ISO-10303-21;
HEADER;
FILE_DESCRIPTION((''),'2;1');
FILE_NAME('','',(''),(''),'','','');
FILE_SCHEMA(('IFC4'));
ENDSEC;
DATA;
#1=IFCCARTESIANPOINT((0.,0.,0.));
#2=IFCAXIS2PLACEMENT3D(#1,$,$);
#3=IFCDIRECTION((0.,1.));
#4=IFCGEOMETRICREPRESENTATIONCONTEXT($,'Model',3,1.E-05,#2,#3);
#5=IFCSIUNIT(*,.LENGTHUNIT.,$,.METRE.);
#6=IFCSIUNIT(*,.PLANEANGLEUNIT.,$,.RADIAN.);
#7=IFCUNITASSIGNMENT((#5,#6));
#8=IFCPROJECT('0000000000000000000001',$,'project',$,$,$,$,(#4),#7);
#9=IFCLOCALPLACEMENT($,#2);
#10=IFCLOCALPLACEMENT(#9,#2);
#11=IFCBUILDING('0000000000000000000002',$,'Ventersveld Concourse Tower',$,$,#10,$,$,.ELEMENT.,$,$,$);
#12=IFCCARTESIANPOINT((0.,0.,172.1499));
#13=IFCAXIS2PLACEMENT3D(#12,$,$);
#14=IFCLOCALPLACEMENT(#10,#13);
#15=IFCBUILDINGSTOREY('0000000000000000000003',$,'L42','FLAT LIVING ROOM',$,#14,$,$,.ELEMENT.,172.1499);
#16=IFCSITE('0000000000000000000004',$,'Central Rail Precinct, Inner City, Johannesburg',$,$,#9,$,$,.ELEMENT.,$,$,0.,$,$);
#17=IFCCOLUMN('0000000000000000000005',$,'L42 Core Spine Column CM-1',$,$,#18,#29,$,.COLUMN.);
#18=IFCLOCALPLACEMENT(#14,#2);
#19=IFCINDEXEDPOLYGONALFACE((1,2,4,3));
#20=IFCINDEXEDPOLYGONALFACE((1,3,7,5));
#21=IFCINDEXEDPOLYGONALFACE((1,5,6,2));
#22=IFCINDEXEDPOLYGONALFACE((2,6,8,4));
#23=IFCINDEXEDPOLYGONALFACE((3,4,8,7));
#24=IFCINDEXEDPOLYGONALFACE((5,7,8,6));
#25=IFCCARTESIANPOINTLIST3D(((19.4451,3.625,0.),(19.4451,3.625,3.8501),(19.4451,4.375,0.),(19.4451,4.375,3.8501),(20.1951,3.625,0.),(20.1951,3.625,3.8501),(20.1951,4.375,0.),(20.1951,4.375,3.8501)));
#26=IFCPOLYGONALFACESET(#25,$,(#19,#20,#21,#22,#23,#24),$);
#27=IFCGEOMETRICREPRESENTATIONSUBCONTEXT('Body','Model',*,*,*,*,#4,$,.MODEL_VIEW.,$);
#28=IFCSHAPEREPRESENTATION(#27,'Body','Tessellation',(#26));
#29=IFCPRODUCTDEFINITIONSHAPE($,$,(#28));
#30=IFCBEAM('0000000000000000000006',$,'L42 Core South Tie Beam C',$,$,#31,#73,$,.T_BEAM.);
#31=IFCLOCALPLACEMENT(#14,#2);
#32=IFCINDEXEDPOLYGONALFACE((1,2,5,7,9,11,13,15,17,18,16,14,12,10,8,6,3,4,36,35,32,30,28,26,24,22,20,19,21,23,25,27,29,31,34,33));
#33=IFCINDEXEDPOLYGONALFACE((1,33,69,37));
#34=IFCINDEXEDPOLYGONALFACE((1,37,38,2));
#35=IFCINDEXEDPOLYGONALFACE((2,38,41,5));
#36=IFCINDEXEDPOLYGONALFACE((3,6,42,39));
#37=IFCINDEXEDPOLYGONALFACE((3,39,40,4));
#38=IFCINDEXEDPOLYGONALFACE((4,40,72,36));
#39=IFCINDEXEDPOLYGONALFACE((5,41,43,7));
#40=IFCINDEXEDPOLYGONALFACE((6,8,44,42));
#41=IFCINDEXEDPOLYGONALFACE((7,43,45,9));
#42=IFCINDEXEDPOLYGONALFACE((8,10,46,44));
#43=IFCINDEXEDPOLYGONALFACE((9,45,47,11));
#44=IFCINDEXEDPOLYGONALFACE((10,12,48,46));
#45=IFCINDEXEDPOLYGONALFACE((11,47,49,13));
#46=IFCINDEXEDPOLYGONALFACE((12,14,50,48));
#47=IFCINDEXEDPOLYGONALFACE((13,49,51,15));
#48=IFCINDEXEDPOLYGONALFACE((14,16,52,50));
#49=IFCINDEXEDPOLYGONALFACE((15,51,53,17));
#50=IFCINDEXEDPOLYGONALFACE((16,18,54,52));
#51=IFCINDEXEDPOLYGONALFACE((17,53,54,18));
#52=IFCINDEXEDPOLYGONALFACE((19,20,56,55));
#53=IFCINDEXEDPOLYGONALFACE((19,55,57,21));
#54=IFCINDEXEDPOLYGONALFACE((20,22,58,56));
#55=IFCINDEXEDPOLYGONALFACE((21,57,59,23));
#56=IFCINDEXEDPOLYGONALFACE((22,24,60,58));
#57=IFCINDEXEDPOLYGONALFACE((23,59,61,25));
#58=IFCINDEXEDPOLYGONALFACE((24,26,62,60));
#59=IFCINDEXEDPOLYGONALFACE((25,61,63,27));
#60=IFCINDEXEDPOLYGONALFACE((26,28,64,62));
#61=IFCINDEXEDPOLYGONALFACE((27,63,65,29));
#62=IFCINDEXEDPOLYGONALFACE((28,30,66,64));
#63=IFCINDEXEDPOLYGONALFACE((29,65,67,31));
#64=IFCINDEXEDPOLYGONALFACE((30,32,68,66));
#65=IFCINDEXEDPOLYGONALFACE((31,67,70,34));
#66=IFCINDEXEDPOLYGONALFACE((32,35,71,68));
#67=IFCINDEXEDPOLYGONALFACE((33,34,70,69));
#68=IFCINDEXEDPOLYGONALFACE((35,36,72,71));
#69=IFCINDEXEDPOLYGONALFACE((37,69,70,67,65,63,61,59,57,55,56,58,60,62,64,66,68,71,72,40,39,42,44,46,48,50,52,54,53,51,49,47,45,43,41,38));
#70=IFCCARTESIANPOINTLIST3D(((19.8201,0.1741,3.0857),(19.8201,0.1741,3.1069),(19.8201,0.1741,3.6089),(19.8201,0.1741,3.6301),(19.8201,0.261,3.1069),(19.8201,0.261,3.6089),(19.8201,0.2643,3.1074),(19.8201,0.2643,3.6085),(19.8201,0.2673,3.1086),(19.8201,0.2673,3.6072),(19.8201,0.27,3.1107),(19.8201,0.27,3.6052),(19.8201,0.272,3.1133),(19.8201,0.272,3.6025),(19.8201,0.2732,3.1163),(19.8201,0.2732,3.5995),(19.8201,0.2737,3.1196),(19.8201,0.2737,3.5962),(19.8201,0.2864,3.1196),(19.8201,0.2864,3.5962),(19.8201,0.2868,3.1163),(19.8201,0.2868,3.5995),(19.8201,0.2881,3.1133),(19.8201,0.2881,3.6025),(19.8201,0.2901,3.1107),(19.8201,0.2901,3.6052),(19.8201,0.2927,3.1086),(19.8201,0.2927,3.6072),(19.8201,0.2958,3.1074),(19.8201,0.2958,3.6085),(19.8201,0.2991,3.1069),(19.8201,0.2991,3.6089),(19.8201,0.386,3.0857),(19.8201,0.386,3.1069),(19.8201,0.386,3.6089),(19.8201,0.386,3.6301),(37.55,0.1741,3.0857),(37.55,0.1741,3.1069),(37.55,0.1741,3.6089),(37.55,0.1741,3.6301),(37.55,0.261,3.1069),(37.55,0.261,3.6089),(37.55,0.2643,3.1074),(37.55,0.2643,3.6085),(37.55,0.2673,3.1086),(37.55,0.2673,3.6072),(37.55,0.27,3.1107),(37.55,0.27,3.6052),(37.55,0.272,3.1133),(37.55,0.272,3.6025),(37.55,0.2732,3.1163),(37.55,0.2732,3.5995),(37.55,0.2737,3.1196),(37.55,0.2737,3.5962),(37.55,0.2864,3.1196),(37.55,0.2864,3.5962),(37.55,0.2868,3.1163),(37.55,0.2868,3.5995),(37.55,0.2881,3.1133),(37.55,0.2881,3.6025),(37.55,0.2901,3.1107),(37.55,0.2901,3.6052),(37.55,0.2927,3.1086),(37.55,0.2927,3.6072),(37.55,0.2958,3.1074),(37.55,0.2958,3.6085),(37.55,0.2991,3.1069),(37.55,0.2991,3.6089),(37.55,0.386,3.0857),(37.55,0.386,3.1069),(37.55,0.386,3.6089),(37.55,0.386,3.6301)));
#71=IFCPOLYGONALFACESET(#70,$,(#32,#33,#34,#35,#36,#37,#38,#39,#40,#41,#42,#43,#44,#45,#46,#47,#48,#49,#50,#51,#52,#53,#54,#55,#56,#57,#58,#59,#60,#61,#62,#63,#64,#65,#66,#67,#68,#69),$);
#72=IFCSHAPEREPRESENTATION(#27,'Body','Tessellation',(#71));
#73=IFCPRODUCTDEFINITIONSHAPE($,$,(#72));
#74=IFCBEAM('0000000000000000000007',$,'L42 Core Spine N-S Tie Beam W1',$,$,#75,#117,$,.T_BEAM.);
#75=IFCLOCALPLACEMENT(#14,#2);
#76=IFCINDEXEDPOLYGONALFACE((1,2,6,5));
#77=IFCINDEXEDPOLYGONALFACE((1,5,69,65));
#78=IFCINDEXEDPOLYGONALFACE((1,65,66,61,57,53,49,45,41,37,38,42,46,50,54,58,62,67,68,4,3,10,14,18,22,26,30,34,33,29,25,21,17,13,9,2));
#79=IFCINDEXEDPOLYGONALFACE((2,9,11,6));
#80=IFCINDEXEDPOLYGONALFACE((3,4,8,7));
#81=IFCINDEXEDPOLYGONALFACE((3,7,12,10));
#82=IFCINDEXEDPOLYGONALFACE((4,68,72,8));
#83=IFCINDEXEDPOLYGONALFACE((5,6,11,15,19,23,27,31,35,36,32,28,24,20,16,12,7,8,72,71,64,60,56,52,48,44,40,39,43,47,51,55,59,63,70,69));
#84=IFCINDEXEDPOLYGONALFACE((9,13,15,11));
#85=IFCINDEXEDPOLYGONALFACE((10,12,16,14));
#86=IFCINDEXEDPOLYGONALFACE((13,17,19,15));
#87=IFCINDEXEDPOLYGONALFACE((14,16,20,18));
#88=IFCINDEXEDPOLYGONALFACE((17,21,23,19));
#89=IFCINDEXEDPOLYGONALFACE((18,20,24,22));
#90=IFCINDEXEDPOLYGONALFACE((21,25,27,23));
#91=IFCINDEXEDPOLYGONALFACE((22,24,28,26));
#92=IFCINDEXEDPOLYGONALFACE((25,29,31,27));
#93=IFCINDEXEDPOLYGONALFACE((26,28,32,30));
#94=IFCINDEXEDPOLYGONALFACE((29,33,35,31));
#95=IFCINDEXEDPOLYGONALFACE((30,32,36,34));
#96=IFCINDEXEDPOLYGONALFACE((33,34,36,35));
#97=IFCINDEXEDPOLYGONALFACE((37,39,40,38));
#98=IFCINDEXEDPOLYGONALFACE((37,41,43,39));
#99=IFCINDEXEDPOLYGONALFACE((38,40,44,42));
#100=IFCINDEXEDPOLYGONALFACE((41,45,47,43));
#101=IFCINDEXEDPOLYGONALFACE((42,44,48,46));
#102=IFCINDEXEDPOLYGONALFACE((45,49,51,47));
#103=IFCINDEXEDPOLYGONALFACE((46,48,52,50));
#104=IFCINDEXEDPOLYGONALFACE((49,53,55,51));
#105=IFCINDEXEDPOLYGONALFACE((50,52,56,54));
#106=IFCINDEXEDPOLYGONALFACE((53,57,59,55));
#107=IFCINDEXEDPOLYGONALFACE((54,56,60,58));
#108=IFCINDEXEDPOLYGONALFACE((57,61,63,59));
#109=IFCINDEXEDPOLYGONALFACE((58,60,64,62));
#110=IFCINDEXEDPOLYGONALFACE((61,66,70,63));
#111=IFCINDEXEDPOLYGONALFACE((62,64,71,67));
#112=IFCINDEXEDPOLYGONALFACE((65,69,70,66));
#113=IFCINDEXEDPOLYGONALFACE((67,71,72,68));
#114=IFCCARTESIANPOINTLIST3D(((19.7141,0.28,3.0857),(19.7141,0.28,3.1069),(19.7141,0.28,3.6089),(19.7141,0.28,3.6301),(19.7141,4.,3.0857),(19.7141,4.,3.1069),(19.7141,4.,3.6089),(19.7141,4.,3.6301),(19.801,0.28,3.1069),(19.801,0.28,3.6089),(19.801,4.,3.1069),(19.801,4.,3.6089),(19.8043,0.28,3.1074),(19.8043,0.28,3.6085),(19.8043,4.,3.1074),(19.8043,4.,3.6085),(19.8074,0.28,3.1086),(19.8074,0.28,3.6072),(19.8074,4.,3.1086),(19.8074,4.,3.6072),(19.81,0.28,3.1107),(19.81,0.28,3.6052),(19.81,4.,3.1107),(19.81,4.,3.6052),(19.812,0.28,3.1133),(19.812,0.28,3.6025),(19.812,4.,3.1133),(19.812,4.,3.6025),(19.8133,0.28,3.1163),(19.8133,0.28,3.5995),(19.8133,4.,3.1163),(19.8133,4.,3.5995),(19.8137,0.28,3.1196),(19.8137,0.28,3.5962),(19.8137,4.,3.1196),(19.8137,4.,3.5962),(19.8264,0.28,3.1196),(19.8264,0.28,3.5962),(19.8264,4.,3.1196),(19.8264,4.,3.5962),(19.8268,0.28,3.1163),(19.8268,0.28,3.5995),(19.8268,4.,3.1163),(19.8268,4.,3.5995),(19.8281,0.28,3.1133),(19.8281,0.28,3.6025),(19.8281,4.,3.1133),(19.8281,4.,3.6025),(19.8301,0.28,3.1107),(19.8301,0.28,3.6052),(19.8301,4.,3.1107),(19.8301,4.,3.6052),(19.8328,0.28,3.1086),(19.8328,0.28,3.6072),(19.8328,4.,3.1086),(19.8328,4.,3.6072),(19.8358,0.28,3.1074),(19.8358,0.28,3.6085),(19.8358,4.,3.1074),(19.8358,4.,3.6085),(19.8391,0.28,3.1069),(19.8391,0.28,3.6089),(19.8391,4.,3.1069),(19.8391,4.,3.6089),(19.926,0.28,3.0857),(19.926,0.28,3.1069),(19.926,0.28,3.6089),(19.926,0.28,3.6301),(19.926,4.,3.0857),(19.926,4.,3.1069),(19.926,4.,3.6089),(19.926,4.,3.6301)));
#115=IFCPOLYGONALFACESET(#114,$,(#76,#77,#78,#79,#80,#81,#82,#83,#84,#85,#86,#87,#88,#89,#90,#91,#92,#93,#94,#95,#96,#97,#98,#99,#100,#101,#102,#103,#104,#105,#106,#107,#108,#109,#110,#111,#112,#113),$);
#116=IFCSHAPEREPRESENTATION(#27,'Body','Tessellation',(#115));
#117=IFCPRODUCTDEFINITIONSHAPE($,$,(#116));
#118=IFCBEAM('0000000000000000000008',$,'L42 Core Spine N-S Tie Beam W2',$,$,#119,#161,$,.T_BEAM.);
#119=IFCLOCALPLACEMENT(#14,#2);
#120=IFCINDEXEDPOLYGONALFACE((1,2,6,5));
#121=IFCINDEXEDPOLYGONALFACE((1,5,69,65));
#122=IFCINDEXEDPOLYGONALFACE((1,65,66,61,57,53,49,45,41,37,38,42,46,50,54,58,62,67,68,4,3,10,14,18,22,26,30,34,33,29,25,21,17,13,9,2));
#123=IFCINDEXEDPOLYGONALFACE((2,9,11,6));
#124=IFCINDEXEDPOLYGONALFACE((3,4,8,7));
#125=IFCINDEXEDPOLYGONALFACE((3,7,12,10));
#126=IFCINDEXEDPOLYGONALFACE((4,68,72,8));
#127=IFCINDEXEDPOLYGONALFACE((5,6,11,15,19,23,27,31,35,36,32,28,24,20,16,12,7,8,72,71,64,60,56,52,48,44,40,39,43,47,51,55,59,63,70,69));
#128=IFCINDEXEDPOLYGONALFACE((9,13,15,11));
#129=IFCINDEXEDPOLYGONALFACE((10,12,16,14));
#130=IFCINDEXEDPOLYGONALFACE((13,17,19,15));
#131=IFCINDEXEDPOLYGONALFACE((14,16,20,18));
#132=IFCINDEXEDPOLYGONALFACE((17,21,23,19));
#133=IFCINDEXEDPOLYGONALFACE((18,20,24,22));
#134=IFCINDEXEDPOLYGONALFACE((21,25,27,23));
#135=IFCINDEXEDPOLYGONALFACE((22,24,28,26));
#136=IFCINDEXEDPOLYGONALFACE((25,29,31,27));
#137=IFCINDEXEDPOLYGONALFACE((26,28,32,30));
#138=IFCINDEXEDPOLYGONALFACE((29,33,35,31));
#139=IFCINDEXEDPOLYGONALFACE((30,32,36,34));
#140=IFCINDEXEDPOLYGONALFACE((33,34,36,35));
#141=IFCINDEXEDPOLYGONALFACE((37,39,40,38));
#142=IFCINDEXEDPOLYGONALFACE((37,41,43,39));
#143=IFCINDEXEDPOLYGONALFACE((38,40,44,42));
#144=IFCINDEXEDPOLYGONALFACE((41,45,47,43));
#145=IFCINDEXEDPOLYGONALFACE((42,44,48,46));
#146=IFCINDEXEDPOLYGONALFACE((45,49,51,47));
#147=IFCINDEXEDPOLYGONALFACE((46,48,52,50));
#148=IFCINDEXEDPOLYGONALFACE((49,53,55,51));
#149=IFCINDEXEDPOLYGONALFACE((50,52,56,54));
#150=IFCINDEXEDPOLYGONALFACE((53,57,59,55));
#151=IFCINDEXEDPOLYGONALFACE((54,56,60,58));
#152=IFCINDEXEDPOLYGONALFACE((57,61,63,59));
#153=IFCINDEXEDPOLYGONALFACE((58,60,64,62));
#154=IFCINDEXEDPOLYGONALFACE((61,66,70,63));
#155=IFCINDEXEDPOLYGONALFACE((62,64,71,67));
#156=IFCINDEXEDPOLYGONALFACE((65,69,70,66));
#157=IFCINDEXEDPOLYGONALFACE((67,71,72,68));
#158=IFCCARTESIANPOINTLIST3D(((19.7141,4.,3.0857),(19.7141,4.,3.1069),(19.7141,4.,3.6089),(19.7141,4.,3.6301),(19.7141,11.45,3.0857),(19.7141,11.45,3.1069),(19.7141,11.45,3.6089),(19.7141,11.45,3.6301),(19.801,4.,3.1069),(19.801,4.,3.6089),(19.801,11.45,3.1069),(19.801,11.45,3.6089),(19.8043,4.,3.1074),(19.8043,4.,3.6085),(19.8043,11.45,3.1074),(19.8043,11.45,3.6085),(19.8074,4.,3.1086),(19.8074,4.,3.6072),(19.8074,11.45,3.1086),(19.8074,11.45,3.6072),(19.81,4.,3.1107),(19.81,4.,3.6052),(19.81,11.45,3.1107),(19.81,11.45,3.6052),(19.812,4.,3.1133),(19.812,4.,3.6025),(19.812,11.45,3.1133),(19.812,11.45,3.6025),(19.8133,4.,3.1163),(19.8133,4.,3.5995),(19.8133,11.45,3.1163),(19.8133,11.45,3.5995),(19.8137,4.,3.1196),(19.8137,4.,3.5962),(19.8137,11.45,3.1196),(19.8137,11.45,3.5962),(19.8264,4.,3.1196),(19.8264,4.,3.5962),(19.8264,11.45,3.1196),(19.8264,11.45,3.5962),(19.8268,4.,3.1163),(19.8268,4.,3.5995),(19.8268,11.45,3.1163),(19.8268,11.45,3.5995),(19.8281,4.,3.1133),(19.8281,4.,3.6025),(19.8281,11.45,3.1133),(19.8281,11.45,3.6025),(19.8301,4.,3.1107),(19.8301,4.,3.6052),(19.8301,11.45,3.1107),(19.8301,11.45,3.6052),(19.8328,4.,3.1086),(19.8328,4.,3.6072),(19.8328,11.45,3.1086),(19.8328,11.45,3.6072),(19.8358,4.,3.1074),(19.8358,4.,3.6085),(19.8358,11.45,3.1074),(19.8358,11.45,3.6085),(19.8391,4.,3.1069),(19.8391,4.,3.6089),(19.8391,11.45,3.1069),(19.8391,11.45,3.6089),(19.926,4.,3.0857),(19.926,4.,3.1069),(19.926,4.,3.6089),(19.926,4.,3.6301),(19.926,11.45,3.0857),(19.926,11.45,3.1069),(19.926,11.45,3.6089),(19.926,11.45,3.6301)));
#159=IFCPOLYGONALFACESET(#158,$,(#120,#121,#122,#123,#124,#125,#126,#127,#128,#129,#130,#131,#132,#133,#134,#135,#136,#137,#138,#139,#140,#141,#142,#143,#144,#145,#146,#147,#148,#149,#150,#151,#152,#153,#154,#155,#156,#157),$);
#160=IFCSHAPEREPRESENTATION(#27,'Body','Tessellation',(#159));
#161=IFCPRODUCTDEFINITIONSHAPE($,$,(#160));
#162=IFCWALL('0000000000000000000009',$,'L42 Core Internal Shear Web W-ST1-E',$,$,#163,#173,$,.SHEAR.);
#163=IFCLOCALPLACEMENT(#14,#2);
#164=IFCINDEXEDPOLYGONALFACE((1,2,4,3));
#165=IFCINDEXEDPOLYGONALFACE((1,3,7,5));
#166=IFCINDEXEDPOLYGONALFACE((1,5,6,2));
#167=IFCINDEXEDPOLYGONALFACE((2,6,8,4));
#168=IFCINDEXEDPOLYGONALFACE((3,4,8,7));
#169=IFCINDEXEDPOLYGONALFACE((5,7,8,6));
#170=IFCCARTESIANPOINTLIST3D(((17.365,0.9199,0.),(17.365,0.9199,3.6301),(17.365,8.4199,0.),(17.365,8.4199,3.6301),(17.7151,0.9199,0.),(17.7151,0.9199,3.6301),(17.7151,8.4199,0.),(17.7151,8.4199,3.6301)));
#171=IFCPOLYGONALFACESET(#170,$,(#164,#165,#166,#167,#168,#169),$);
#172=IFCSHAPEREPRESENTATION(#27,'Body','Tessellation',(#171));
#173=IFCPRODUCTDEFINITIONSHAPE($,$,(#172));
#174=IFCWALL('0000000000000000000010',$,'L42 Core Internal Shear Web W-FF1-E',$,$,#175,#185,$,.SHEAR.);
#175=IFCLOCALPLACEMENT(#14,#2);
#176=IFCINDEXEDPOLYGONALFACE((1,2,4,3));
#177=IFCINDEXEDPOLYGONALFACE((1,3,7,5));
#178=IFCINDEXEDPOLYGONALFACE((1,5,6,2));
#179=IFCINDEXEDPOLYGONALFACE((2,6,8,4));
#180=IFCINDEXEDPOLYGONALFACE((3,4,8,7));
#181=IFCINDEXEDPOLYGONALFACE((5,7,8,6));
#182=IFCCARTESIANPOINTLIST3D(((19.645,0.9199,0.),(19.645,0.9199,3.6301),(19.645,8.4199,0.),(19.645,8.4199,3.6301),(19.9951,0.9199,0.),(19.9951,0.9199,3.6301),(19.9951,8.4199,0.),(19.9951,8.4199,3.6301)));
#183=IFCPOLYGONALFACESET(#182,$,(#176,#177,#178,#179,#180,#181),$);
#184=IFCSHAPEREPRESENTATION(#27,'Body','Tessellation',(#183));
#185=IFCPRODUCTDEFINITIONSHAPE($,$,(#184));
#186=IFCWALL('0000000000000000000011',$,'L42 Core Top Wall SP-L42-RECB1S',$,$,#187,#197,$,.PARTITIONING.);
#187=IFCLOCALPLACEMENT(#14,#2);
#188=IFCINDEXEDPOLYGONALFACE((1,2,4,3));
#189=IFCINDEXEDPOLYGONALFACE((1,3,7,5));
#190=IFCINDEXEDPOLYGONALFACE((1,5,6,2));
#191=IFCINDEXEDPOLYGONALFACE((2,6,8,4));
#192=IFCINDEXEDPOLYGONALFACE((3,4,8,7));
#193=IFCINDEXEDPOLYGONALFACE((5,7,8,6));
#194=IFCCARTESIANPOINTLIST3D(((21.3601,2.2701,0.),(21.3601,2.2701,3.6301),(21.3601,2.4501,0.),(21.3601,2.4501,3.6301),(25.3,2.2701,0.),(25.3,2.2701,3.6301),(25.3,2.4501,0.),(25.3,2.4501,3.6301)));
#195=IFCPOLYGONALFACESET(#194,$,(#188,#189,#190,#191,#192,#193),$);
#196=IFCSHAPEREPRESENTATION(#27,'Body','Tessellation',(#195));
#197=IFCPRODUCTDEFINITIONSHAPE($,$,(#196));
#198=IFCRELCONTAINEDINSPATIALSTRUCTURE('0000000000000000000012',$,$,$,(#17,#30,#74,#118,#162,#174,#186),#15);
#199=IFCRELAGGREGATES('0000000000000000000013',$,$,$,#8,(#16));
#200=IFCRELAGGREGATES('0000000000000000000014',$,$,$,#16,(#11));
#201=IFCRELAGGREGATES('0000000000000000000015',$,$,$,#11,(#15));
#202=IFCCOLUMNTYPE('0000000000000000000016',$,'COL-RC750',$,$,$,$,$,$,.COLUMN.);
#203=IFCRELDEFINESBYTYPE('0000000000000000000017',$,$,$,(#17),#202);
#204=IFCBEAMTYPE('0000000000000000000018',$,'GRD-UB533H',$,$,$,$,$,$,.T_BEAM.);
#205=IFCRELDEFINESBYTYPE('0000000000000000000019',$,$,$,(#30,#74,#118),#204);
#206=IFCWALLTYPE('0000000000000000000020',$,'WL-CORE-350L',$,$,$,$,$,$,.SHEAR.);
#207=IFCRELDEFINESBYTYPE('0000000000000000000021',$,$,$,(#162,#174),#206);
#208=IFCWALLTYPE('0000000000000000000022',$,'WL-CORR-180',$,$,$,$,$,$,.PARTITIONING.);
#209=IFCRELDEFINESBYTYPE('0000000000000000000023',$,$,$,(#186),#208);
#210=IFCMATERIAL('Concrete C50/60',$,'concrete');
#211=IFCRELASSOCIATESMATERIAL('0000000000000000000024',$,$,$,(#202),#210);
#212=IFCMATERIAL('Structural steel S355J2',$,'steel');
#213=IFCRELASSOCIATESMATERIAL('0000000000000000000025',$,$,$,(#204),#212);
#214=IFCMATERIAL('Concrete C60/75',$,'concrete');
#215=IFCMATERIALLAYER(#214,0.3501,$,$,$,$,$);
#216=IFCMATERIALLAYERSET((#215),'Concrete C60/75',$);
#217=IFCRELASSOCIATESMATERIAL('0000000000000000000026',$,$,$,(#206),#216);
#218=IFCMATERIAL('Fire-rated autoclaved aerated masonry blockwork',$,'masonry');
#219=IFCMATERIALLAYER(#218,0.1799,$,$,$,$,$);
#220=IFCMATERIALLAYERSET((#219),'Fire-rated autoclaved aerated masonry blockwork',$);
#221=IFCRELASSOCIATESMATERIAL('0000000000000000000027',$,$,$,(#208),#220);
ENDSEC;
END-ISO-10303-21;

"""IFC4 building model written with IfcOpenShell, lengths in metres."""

from ifc_helpers import new_model, si_unit, direction, frame, frame_2d, origin, origin_2d, place, context, subcontext, project, spatial, rectangle, i_section, extrude, material, layer, layer_set, material_profile, profile_set, type_object, element, save


model = new_model("IFC4")

# Units and contexts
model_context = context("Model", 3, precision=1e-05, world=origin(), true_north=direction((0.0, 1.0)))
body_context = subcontext(model_context, "Body", "Model", "MODEL_VIEW")
ifc_project = project(units=[si_unit("LENGTHUNIT", "METRE"), si_unit("PLANEANGLEUNIT", "RADIAN")], contexts=[model_context])

# Site, building, storey
site_placement = place(None, origin())
site = spatial("IfcSite", under=ifc_project, at=site_placement, Name="Central Rail Precinct, Inner City, Johannesburg", CompositionType="ELEMENT", RefElevation=0.0)
building_placement = place(site_placement, origin())
building = spatial("IfcBuilding", under=site, at=building_placement, Name="Ventersveld Concourse Tower", CompositionType="ELEMENT")
storey_placement = place(building_placement, frame((0.0, 0.0, 172.1499)))
storey = spatial("IfcBuildingStorey", under=building, at=storey_placement, Name="L42", Description="FLAT LIVING ROOM", CompositionType="ELEMENT", Elevation=172.1499)

# Column
ifc_material_1 = material(Name="Concrete C50/60", Category="concrete")
ifc_material_profile_1 = material_profile(ifc_material_1, rectangle(XDim=0.75, YDim=0.75, at=origin_2d()), Name="RC 750x750")
ifc_profile_set_1 = profile_set([ifc_material_profile_1], Name="Concrete C50/60")
column_type = type_object("IfcColumnType", Name="COL-RC750", PredefinedType="COLUMN", material=ifc_profile_set_1)
column_placement = place(storey_placement, frame((19.8201, 4.0, 0.0), z_axis=(0.0, 0.0, 1.0), x_axis=(1.0, 0.0, 0.0)))
element("IfcColumn", 1, at=column_placement, inside=storey, type_object=column_type, Name="L42 Core Spine Column CM-1", PredefinedType="COLUMN", context=body_context, shape_type="SweptSolid", body=[
    extrude(rectangle(XDim=0.75, YDim=0.75, at=origin_2d()), origin(), (0.0, 0.0, 1.0), 3.8501),
])

# Beams
ifc_material_2 = material(Name="Structural steel S355J2", Category="steel")
ifc_material_profile_2 = material_profile(ifc_material_2, i_section(OverallWidth=0.2119, OverallDepth=0.5444, WebThickness=0.0127, FlangeThickness=0.0212, FilletRadius=0.0127, at=origin_2d()), Name="UB 533x210x122")
ifc_profile_set_2 = profile_set([ifc_material_profile_2], Name="Structural steel S355J2")
beam_type = type_object("IfcBeamType", Name="GRD-UB533H", PredefinedType="T_BEAM", material=ifc_profile_set_2)
beam_1_placement = place(storey_placement, frame((19.8201, 0.28, 3.3579), z_axis=(1.0, 0.0, 0.0), x_axis=(0.0, 1.0, 0.0)))
element("IfcBeam", 2, at=beam_1_placement, inside=storey, type_object=beam_type, Name="L42 Core South Tie Beam C", PredefinedType="T_BEAM", context=body_context, shape_type="SweptSolid", body=[
    extrude(i_section(OverallWidth=0.2119, OverallDepth=0.5444, WebThickness=0.0127, FlangeThickness=0.0212, FilletRadius=0.0127, at=origin_2d()), origin(), (0.0, 0.0, 1.0), 17.73),
])
beam_2_placement = place(storey_placement, frame((19.8201, 0.28, 3.3579), z_axis=(0.0, 1.0, 0.0), x_axis=(-1.0, 0.0, 0.0)))
element("IfcBeam", 3, at=beam_2_placement, inside=storey, type_object=beam_type, Name="L42 Core Spine N-S Tie Beam W1", PredefinedType="T_BEAM", context=body_context, shape_type="SweptSolid", body=[
    extrude(i_section(OverallWidth=0.2119, OverallDepth=0.5444, WebThickness=0.0127, FlangeThickness=0.0212, FilletRadius=0.0127, at=origin_2d()), origin(), (0.0, 0.0, 1.0), 3.72),
])
beam_3_placement = place(storey_placement, frame((19.8201, 4.0, 3.3579), z_axis=(0.0, 1.0, 0.0), x_axis=(-1.0, 0.0, 0.0)))
element("IfcBeam", 4, at=beam_3_placement, inside=storey, type_object=beam_type, Name="L42 Core Spine N-S Tie Beam W2", PredefinedType="T_BEAM", context=body_context, shape_type="SweptSolid", body=[
    extrude(i_section(OverallWidth=0.2119, OverallDepth=0.5444, WebThickness=0.0127, FlangeThickness=0.0212, FilletRadius=0.0127, at=origin_2d()), origin(), (0.0, 0.0, 1.0), 7.45),
])

# Walls
ifc_material_3 = material(Name="Concrete C60/75", Category="concrete")
ifc_layer_1 = layer(ifc_material_3, 0.3501)
ifc_layer_set_1 = layer_set([ifc_layer_1], Name="Concrete C60/75")
wall_type_1 = type_object("IfcWallType", Name="WL-CORE-350L", PredefinedType="SHEAR", material=ifc_layer_set_1)
for number, where, z_axis, x_axis, name in (
    (5, (17.54, 0.9199, 0.0), (0.0, 0.0, 1.0), (0.0, 1.0, 0.0), "L42 Core Internal Shear Web W-ST1-E"),
    (6, (19.8201, 0.9199, 0.0), (0.0, 0.0, 1.0), (0.0, 1.0, 0.0), "L42 Core Internal Shear Web W-FF1-E"),
):
    element("IfcWall", number, at=place(storey_placement, frame(where, z_axis=z_axis, x_axis=x_axis)), inside=storey, type_object=wall_type_1, Name=name, PredefinedType="SHEAR", context=body_context, shape_type="SweptSolid", body=[
        extrude(rectangle(XDim=7.5, YDim=0.3501, at=frame_2d((3.75, 0.0))), origin(), (0.0, 0.0, 1.0), 3.6301),
    ])
ifc_material_4 = material(Name="Fire-rated autoclaved aerated masonry blockwork", Category="masonry")
ifc_layer_2 = layer(ifc_material_4, 0.1799)
ifc_layer_set_2 = layer_set([ifc_layer_2], Name="Fire-rated autoclaved aerated masonry blockwork")
wall_type_2 = type_object("IfcWallType", Name="WL-CORR-180", PredefinedType="PARTITIONING", material=ifc_layer_set_2)
wall_1_placement = place(storey_placement, frame((21.3601, 2.3601, 0.0), z_axis=(0.0, 0.0, 1.0), x_axis=(1.0, 0.0, 0.0)))
element("IfcWall", 7, at=wall_1_placement, inside=storey, type_object=wall_type_2, Name="L42 Core Top Wall SP-L42-RECB1S", PredefinedType="PARTITIONING", context=body_context, shape_type="SweptSolid", body=[
    extrude(rectangle(XDim=3.9399, YDim=0.1799, at=frame_2d((1.97, 0.0))), origin(), (0.0, 0.0, 1.0), 3.6301),
])

save(model, "model.ifc")
